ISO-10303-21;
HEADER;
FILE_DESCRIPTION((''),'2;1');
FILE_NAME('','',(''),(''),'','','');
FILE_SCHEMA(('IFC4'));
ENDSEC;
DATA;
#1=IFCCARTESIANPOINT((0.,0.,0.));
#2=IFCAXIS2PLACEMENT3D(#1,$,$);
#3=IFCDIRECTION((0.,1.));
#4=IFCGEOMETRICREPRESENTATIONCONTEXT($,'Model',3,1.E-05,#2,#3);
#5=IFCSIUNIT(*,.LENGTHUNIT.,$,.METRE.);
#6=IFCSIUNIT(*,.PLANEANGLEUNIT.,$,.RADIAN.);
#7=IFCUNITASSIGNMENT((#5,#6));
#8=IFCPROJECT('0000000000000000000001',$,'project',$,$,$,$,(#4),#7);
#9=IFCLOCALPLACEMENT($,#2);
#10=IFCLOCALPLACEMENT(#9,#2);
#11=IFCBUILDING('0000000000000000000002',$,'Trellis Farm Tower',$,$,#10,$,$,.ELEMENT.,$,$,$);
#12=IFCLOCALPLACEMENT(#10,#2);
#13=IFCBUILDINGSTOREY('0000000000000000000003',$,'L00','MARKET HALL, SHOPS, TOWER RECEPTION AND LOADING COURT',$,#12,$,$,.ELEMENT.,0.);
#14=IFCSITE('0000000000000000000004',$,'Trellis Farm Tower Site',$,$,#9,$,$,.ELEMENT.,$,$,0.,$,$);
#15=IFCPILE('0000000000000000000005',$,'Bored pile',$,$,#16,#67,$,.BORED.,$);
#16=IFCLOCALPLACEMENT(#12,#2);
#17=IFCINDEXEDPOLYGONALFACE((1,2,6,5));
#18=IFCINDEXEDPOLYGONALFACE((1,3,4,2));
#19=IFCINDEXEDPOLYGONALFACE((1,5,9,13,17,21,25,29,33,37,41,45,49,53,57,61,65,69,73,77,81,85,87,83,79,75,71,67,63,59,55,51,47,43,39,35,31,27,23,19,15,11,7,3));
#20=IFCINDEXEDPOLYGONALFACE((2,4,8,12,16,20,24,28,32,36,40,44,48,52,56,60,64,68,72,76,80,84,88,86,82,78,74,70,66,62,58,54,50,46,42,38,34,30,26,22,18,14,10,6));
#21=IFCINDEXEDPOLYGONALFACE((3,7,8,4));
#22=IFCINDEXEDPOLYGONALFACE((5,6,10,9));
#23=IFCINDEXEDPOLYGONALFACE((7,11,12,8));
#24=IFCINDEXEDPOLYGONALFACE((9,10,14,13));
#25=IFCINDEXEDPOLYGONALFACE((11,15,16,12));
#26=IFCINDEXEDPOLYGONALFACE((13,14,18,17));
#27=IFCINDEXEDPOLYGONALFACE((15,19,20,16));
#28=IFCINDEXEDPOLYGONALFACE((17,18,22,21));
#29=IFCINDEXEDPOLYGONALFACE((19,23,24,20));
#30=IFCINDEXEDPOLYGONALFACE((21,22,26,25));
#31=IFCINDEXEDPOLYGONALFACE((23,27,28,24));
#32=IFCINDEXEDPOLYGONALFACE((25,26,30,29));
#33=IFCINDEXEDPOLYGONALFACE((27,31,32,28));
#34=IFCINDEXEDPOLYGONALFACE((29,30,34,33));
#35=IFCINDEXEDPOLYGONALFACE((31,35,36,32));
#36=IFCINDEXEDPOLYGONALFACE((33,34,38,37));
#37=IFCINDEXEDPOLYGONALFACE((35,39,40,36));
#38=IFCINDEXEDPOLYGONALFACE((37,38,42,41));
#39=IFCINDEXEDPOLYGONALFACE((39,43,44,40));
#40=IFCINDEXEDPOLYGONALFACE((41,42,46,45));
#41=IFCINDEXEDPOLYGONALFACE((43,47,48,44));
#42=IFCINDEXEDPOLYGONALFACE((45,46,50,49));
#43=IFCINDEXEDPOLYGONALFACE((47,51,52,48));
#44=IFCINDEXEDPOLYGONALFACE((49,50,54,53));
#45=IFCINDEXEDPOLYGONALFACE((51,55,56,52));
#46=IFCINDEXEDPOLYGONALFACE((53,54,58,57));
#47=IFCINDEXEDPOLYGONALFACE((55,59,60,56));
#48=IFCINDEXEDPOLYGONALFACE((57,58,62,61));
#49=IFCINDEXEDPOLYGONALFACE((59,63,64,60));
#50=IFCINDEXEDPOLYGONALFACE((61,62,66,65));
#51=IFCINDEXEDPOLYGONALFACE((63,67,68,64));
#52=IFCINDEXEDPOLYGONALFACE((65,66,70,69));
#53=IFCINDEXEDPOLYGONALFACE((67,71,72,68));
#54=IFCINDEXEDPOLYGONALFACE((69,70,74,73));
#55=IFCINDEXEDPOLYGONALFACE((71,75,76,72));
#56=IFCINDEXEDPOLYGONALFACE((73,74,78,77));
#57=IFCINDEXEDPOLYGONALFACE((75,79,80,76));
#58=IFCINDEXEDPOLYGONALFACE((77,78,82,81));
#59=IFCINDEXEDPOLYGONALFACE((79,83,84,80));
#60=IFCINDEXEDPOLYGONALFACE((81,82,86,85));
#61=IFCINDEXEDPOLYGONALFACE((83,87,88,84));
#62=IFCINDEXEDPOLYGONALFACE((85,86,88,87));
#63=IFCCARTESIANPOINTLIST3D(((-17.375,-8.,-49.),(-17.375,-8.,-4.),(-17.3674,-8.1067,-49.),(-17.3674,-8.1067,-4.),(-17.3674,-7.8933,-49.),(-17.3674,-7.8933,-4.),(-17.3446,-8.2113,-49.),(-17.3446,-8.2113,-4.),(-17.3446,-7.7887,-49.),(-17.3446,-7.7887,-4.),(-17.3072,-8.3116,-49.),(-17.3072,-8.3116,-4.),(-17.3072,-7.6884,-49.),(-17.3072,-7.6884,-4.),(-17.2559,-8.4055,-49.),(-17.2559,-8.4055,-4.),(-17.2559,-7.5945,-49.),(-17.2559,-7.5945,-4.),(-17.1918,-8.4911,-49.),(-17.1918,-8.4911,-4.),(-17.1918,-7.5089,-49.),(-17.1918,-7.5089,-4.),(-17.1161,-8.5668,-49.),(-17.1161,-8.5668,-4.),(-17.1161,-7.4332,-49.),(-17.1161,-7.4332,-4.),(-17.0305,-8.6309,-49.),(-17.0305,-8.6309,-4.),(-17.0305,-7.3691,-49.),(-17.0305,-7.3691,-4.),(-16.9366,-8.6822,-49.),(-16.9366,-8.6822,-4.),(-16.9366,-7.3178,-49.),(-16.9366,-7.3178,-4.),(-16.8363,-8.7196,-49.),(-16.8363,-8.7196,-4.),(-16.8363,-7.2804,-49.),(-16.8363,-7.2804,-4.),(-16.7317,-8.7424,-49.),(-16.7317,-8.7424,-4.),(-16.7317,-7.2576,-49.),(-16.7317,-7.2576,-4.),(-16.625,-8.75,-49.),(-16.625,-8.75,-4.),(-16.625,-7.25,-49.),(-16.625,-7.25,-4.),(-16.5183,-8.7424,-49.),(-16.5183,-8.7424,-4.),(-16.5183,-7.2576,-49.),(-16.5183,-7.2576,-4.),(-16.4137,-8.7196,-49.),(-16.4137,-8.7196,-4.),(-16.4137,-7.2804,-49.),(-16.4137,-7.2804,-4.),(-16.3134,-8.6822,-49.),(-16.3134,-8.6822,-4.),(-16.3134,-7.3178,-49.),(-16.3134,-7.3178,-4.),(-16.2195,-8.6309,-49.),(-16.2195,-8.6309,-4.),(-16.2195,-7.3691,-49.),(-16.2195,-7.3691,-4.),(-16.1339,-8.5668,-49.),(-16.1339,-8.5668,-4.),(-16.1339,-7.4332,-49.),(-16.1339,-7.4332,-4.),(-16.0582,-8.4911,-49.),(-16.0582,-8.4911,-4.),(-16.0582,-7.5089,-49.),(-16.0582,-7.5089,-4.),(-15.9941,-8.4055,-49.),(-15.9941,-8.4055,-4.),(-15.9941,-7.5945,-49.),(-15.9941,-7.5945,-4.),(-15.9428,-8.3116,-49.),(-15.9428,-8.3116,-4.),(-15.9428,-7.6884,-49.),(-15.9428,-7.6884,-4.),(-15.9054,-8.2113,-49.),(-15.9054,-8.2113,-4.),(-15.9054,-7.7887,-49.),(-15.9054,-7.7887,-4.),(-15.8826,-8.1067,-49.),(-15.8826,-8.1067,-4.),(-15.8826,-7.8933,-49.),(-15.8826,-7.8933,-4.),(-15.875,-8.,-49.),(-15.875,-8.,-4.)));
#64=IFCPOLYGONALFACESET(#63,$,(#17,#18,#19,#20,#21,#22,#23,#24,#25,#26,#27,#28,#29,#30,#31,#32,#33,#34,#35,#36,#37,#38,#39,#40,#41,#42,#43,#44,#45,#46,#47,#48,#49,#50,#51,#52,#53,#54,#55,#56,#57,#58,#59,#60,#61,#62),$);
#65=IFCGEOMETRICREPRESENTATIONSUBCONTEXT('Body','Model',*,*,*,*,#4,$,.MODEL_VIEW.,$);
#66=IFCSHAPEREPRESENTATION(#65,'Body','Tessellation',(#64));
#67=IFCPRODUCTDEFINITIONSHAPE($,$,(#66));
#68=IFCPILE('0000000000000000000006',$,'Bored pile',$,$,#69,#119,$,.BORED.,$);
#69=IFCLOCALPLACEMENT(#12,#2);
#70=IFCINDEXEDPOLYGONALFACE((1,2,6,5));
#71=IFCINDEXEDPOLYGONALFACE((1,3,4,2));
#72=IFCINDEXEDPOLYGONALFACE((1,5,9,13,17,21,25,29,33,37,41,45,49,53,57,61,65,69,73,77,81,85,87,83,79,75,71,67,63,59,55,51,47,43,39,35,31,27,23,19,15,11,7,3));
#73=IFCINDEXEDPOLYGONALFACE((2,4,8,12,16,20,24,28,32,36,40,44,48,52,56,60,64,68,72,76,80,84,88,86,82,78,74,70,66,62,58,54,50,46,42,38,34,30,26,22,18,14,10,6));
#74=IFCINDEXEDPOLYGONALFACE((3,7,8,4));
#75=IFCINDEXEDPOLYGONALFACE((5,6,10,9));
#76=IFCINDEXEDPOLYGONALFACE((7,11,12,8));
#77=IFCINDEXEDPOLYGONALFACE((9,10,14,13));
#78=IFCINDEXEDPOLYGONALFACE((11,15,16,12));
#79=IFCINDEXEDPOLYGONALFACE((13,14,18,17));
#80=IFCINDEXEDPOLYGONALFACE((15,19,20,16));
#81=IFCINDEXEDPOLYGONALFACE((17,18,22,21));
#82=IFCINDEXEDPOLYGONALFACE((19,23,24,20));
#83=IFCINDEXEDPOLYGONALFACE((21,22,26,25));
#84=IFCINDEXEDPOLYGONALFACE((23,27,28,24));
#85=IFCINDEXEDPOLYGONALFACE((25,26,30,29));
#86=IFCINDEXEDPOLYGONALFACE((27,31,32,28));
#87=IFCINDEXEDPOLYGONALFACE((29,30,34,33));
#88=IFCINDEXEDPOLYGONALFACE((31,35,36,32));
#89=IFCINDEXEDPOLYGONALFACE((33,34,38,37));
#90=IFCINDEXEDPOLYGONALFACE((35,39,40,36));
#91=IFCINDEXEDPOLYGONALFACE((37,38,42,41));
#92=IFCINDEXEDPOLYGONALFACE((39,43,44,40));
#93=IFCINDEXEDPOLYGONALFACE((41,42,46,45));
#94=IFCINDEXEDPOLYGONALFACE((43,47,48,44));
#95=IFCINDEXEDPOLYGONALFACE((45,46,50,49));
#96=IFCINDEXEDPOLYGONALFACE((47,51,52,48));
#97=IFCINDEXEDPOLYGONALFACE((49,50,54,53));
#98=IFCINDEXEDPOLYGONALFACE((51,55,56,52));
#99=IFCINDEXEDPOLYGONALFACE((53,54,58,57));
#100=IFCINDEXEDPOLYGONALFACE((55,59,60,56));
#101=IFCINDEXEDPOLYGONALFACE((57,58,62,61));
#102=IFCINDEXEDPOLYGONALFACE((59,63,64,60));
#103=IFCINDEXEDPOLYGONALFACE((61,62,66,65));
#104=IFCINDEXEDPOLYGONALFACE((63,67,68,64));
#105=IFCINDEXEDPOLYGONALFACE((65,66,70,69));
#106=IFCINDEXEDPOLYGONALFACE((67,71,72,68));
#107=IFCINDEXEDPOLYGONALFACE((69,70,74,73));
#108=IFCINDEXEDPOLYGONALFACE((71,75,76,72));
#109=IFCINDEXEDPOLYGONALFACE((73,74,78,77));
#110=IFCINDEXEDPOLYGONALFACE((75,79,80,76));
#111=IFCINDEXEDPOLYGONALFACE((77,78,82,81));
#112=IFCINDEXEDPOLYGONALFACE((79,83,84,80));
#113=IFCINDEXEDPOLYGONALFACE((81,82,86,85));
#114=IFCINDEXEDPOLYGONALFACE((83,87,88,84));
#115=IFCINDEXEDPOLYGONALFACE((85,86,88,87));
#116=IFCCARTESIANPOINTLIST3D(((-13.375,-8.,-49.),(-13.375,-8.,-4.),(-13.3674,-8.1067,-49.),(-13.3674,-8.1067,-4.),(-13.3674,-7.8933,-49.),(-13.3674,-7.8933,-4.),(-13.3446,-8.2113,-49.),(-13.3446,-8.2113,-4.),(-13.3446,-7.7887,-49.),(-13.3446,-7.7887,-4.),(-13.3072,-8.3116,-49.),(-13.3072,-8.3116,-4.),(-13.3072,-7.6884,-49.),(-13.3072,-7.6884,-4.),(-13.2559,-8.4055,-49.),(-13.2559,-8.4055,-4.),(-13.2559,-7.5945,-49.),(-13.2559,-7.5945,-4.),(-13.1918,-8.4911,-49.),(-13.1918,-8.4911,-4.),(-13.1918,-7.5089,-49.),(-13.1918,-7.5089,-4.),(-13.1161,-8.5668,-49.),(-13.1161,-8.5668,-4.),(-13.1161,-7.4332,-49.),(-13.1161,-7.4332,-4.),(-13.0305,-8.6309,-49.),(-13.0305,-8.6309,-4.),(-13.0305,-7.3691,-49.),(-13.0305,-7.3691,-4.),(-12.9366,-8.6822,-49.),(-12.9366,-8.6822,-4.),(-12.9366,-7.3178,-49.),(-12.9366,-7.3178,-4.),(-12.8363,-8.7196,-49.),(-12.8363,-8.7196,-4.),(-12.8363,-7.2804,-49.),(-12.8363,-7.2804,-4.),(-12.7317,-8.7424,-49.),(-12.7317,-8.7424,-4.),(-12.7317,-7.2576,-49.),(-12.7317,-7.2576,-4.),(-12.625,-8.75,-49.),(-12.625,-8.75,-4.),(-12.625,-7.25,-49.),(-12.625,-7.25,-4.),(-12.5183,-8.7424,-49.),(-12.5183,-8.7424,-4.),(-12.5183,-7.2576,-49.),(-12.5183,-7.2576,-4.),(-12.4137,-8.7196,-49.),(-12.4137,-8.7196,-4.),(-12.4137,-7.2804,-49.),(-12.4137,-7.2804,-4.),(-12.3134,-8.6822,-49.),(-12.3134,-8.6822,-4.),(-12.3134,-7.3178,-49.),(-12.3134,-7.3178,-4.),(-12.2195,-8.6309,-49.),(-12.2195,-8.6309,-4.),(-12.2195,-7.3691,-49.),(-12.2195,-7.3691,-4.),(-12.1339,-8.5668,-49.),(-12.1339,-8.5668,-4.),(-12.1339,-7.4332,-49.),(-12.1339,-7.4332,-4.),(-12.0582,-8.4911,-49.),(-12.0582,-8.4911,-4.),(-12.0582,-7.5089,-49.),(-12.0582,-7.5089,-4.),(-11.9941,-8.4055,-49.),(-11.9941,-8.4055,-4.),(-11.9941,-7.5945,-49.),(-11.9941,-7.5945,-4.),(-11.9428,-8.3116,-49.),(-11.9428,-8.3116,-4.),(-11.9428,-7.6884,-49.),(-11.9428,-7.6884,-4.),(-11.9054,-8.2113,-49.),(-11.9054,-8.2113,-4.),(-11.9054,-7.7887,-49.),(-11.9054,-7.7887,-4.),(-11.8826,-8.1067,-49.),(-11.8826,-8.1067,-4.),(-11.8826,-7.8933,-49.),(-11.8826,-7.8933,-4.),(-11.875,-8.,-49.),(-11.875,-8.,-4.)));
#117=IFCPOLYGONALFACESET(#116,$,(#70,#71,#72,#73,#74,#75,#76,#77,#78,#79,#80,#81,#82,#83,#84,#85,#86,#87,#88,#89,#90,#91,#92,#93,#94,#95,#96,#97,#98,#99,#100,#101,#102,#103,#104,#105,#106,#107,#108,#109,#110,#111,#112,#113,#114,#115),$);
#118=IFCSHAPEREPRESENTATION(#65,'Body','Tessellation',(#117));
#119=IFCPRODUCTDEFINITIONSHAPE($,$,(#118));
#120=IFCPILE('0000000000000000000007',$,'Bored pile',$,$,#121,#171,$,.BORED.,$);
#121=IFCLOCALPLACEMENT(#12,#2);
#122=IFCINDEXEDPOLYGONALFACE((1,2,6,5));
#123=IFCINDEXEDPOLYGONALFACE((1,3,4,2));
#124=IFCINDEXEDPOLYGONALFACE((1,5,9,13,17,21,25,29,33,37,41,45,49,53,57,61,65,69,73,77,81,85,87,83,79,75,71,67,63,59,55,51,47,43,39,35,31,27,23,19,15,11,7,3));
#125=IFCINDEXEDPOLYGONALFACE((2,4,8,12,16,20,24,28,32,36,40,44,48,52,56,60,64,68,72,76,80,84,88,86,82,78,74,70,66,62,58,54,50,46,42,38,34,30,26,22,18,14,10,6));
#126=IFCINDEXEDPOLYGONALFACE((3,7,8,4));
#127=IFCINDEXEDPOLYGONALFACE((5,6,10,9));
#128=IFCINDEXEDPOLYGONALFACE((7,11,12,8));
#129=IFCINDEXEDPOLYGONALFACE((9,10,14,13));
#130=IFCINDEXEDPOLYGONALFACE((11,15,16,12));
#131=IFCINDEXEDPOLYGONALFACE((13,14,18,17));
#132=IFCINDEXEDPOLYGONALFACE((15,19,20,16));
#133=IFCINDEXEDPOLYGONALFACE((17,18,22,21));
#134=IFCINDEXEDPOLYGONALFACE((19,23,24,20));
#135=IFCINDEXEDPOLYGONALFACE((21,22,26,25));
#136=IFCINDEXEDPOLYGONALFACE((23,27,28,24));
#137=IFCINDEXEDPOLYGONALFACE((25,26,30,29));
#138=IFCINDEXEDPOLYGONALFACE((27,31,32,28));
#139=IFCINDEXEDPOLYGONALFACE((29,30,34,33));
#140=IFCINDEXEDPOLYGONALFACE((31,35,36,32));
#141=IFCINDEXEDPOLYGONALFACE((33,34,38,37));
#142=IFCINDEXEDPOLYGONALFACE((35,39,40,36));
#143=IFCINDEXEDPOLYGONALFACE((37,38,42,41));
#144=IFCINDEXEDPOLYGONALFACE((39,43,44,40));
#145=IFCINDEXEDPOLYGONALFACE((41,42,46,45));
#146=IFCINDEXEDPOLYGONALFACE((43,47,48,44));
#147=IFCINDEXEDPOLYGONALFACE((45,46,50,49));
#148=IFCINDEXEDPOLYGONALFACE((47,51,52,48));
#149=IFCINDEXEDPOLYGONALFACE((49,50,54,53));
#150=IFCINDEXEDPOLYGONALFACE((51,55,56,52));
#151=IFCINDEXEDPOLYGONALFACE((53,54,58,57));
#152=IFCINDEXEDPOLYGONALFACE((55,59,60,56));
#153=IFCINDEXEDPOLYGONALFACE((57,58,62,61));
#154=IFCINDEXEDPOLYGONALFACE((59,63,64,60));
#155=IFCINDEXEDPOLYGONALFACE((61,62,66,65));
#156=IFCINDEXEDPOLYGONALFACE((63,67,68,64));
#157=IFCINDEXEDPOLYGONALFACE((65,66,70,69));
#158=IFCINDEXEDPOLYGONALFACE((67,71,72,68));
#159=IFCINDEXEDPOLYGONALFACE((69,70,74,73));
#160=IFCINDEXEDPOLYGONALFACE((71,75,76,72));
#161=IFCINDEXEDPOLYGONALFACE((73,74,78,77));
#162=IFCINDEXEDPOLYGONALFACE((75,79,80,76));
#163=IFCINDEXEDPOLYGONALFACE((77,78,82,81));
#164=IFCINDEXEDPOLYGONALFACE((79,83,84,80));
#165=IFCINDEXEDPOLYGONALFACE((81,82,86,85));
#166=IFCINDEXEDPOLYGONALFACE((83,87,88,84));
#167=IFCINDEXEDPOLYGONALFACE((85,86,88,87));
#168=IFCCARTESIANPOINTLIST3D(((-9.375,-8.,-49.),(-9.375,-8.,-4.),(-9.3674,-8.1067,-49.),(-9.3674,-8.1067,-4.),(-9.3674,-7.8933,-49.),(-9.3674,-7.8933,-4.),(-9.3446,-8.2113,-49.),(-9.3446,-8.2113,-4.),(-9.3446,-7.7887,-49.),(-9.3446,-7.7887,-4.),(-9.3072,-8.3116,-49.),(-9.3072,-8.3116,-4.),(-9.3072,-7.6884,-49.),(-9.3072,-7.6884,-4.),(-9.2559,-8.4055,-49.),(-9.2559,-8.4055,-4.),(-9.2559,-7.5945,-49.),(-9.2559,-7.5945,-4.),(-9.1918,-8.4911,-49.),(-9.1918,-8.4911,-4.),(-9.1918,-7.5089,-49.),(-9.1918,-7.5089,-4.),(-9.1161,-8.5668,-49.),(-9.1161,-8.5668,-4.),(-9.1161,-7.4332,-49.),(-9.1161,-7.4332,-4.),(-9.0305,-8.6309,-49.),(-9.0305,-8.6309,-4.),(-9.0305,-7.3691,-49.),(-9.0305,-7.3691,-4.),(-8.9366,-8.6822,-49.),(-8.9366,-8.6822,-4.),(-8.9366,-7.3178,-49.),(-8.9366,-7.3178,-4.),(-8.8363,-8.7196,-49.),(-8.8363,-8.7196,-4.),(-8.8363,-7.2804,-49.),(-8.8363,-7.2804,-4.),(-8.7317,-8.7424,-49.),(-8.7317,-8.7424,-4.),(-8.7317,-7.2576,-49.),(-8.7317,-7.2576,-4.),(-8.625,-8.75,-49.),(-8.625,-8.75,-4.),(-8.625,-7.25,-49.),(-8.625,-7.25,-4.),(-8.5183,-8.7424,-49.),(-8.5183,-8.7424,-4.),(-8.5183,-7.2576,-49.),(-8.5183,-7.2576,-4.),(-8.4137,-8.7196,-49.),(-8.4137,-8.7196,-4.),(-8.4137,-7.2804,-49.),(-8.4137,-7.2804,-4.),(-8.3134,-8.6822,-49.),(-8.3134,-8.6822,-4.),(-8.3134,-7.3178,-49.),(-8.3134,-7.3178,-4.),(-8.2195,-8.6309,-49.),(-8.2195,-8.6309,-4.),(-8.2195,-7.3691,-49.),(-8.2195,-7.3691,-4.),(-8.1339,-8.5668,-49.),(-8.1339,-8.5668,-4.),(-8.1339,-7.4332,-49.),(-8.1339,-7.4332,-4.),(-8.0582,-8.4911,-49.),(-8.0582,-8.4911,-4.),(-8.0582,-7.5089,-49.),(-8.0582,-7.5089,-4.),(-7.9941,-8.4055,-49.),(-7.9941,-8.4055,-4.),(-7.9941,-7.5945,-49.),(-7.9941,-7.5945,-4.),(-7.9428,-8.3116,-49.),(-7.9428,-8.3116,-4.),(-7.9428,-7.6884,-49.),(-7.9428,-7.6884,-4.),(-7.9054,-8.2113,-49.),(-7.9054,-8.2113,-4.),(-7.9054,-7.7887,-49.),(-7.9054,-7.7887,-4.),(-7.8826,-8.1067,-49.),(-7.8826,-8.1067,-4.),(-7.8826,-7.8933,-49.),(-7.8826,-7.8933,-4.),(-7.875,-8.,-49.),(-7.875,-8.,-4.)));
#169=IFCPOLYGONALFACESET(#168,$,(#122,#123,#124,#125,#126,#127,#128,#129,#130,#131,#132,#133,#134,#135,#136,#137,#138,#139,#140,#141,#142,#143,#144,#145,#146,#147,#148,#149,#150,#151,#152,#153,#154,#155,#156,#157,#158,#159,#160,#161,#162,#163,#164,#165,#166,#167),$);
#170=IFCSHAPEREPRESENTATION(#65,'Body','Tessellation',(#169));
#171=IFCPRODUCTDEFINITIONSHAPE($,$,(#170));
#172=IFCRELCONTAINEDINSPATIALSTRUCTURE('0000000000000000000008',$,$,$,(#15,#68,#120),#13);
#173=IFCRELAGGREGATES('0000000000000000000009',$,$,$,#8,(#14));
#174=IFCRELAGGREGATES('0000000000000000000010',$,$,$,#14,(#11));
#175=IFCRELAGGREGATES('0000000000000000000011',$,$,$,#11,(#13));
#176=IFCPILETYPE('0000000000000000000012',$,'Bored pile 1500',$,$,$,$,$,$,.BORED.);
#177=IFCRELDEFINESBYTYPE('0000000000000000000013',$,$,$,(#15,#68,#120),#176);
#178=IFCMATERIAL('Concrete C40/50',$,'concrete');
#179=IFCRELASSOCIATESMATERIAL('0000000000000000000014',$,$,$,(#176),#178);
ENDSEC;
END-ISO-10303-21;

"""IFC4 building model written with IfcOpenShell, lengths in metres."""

from ifc_helpers import new_model, si_unit, direction, frame, origin, origin_2d, place, context, subcontext, project, spatial, circle, extrude, source, transform, mapped, material, material_profile, profile_set, type_object, element, save


model = new_model("IFC4")

# Units and contexts
model_context = context("Model", 3, precision=1e-05, world=origin(), true_north=direction((0.0, 1.0)))
body_context = subcontext(model_context, "Body", "Model", "MODEL_VIEW")
ifc_project = project(units=[si_unit("LENGTHUNIT", "METRE"), si_unit("PLANEANGLEUNIT", "RADIAN")], contexts=[model_context])

# Site, building, storey
site_placement = place(None, origin())
site = spatial("IfcSite", under=ifc_project, at=site_placement, Name="Trellis Farm Tower Site", CompositionType="ELEMENT", RefElevation=0.0)
building_placement = place(site_placement, origin())
building = spatial("IfcBuilding", under=site, at=building_placement, Name="Trellis Farm Tower", CompositionType="ELEMENT")
storey_placement = place(building_placement, origin())
storey = spatial("IfcBuildingStorey", under=building, at=storey_placement, Name="L00", Description="MARKET HALL, SHOPS, TOWER RECEPTION AND LOADING COURT", CompositionType="ELEMENT", Elevation=0.0)

# Piles
ifc_material_1 = material(Name="Concrete C40/50", Category="concrete")
ifc_material_profile_1 = material_profile(ifc_material_1, circle(Radius=0.75, at=origin_2d()), Name="Bored pile 1500")
ifc_profile_set_1 = profile_set([ifc_material_profile_1], Name="Concrete C40/50")
pile_type = type_object("IfcPileType", Name="Bored pile 1500", PredefinedType="BORED", material=ifc_profile_set_1)
shared_shape_1 = source(origin(), body_context, "Body", "SweptSolid", [
    extrude(circle(Radius=0.75, at=origin_2d()), origin(), (0.0, 0.0, 1.0), 45.0),
])
for number, where, z_axis, x_axis, name in (
    (1, (-16.625, -8.0, -4.0), (0.0, 0.0, -1.0), (1.0, 0.0, 0.0), "Bored pile"),
    (2, (-12.625, -8.0, -4.0), (0.0, 0.0, -1.0), (1.0, 0.0, 0.0), "Bored pile"),
    (3, (-8.625, -8.0, -4.0), (0.0, 0.0, -1.0), (1.0, 0.0, 0.0), "Bored pile"),
):
    element("IfcPile", number, at=place(storey_placement, frame(where, z_axis=z_axis, x_axis=x_axis)), inside=storey, type_object=pile_type, Name=name, PredefinedType="BORED", context=body_context, shape_type="MappedRepresentation", body=[
        mapped(shared_shape_1, transform((0.0, 0.0, 0.0))),
    ])

save(model, "model.ifc")
